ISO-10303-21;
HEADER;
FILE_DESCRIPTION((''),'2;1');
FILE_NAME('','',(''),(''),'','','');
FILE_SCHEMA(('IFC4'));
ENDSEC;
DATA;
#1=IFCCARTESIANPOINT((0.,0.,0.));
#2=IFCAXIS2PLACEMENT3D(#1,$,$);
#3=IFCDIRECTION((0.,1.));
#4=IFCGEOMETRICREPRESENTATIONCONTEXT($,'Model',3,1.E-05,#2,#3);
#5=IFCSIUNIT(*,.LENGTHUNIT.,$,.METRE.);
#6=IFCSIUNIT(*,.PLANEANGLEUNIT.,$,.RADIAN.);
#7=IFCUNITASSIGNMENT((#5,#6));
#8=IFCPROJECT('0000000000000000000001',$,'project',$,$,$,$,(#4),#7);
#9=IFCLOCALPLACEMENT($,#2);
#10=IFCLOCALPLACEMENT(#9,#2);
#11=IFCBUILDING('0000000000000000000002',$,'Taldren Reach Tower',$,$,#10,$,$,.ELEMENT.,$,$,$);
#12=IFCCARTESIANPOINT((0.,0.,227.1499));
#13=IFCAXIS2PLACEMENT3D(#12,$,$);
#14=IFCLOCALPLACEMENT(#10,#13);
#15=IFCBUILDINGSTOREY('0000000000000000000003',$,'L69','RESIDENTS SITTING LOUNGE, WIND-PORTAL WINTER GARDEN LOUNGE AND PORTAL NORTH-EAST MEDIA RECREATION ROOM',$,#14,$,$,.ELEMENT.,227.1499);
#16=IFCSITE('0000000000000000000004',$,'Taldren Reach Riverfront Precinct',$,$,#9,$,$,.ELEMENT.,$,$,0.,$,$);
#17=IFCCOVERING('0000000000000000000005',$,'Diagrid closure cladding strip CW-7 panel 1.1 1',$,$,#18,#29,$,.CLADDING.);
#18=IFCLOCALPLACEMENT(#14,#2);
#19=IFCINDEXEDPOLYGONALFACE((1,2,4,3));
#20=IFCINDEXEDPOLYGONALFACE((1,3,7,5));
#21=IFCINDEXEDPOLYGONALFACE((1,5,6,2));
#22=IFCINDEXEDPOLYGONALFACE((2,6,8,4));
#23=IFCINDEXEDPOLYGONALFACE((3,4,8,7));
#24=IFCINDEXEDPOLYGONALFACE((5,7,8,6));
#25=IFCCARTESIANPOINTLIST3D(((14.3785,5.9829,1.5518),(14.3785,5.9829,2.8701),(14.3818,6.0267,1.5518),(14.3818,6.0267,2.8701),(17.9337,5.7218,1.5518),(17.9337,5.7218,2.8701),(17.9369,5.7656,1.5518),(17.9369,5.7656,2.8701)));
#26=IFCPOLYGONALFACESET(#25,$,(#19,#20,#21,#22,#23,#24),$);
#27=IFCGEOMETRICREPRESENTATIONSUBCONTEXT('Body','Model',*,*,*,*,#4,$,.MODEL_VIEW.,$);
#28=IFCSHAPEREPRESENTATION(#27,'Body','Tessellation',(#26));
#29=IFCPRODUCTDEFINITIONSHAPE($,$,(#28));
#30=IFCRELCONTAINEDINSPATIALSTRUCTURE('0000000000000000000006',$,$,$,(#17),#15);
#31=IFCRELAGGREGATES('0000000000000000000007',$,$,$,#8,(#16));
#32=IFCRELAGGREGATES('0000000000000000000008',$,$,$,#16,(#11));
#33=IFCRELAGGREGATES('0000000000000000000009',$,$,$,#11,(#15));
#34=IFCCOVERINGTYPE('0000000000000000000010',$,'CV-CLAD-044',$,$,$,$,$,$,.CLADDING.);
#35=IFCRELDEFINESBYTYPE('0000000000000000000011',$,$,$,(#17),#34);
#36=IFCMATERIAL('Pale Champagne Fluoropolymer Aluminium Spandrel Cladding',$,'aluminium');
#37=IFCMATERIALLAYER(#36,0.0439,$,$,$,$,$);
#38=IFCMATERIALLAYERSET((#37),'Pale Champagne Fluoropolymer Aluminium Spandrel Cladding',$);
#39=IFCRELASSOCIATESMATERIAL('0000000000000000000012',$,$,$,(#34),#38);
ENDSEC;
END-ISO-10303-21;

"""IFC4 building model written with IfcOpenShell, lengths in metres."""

from ifc_helpers import new_model, si_unit, direction, frame, origin, origin_2d, place, context, subcontext, project, spatial, rectangle, extrude, source, transform, mapped, material, layer, layer_set, type_object, element, save


model = new_model("IFC4")

# Units and contexts
model_context = context("Model", 3, precision=1e-05, world=origin(), true_north=direction((0.0, 1.0)))
body_context = subcontext(model_context, "Body", "Model", "MODEL_VIEW")
ifc_project = project(units=[si_unit("LENGTHUNIT", "METRE"), si_unit("PLANEANGLEUNIT", "RADIAN")], contexts=[model_context])

# Site, building, storey
site_placement = place(None, origin())
site = spatial("IfcSite", under=ifc_project, at=site_placement, Name="Taldren Reach Riverfront Precinct", CompositionType="ELEMENT", RefElevation=0.0)
building_placement = place(site_placement, origin())
building = spatial("IfcBuilding", under=site, at=building_placement, Name="Taldren Reach Tower", CompositionType="ELEMENT")
storey_placement = place(building_placement, frame((0.0, 0.0, 227.1499)))
storey = spatial("IfcBuildingStorey", under=building, at=storey_placement, Name="L69", Description="RESIDENTS SITTING LOUNGE, WIND-PORTAL WINTER GARDEN LOUNGE AND PORTAL NORTH-EAST MEDIA RECREATION ROOM", CompositionType="ELEMENT", Elevation=227.1499)

# Covering
ifc_material_1 = material(Name="Pale Champagne Fluoropolymer Aluminium Spandrel Cladding", Category="aluminium")
ifc_layer_1 = layer(ifc_material_1, 0.0439)
ifc_layer_set_1 = layer_set([ifc_layer_1], Name="Pale Champagne Fluoropolymer Aluminium Spandrel Cladding")
covering_type = type_object("IfcCoveringType", Name="CV-CLAD-044", PredefinedType="CLADDING", material=ifc_layer_set_1)
shared_shape_1 = source(origin(), body_context, "Body", "SweptSolid", [
    extrude(rectangle(XDim=3.5647, YDim=0.0439, at=origin_2d()), origin(), (0.0, 0.0, 1.0), 1.3184),
])
covering_placement = place(storey_placement, frame((16.1577, 5.8743, 1.5518), z_axis=(0.0, 0.0, 1.0), x_axis=(0.997314, -0.073238, 0.0)))
element("IfcCovering", 1, at=covering_placement, inside=storey, type_object=covering_type, Name="Diagrid closure cladding strip CW-7 panel 1.1 1", PredefinedType="CLADDING", context=body_context, shape_type="MappedRepresentation", body=[
    mapped(shared_shape_1, transform((0.0, 0.0, 0.0), scale=1.0)),
])

save(model, "model.ifc")
